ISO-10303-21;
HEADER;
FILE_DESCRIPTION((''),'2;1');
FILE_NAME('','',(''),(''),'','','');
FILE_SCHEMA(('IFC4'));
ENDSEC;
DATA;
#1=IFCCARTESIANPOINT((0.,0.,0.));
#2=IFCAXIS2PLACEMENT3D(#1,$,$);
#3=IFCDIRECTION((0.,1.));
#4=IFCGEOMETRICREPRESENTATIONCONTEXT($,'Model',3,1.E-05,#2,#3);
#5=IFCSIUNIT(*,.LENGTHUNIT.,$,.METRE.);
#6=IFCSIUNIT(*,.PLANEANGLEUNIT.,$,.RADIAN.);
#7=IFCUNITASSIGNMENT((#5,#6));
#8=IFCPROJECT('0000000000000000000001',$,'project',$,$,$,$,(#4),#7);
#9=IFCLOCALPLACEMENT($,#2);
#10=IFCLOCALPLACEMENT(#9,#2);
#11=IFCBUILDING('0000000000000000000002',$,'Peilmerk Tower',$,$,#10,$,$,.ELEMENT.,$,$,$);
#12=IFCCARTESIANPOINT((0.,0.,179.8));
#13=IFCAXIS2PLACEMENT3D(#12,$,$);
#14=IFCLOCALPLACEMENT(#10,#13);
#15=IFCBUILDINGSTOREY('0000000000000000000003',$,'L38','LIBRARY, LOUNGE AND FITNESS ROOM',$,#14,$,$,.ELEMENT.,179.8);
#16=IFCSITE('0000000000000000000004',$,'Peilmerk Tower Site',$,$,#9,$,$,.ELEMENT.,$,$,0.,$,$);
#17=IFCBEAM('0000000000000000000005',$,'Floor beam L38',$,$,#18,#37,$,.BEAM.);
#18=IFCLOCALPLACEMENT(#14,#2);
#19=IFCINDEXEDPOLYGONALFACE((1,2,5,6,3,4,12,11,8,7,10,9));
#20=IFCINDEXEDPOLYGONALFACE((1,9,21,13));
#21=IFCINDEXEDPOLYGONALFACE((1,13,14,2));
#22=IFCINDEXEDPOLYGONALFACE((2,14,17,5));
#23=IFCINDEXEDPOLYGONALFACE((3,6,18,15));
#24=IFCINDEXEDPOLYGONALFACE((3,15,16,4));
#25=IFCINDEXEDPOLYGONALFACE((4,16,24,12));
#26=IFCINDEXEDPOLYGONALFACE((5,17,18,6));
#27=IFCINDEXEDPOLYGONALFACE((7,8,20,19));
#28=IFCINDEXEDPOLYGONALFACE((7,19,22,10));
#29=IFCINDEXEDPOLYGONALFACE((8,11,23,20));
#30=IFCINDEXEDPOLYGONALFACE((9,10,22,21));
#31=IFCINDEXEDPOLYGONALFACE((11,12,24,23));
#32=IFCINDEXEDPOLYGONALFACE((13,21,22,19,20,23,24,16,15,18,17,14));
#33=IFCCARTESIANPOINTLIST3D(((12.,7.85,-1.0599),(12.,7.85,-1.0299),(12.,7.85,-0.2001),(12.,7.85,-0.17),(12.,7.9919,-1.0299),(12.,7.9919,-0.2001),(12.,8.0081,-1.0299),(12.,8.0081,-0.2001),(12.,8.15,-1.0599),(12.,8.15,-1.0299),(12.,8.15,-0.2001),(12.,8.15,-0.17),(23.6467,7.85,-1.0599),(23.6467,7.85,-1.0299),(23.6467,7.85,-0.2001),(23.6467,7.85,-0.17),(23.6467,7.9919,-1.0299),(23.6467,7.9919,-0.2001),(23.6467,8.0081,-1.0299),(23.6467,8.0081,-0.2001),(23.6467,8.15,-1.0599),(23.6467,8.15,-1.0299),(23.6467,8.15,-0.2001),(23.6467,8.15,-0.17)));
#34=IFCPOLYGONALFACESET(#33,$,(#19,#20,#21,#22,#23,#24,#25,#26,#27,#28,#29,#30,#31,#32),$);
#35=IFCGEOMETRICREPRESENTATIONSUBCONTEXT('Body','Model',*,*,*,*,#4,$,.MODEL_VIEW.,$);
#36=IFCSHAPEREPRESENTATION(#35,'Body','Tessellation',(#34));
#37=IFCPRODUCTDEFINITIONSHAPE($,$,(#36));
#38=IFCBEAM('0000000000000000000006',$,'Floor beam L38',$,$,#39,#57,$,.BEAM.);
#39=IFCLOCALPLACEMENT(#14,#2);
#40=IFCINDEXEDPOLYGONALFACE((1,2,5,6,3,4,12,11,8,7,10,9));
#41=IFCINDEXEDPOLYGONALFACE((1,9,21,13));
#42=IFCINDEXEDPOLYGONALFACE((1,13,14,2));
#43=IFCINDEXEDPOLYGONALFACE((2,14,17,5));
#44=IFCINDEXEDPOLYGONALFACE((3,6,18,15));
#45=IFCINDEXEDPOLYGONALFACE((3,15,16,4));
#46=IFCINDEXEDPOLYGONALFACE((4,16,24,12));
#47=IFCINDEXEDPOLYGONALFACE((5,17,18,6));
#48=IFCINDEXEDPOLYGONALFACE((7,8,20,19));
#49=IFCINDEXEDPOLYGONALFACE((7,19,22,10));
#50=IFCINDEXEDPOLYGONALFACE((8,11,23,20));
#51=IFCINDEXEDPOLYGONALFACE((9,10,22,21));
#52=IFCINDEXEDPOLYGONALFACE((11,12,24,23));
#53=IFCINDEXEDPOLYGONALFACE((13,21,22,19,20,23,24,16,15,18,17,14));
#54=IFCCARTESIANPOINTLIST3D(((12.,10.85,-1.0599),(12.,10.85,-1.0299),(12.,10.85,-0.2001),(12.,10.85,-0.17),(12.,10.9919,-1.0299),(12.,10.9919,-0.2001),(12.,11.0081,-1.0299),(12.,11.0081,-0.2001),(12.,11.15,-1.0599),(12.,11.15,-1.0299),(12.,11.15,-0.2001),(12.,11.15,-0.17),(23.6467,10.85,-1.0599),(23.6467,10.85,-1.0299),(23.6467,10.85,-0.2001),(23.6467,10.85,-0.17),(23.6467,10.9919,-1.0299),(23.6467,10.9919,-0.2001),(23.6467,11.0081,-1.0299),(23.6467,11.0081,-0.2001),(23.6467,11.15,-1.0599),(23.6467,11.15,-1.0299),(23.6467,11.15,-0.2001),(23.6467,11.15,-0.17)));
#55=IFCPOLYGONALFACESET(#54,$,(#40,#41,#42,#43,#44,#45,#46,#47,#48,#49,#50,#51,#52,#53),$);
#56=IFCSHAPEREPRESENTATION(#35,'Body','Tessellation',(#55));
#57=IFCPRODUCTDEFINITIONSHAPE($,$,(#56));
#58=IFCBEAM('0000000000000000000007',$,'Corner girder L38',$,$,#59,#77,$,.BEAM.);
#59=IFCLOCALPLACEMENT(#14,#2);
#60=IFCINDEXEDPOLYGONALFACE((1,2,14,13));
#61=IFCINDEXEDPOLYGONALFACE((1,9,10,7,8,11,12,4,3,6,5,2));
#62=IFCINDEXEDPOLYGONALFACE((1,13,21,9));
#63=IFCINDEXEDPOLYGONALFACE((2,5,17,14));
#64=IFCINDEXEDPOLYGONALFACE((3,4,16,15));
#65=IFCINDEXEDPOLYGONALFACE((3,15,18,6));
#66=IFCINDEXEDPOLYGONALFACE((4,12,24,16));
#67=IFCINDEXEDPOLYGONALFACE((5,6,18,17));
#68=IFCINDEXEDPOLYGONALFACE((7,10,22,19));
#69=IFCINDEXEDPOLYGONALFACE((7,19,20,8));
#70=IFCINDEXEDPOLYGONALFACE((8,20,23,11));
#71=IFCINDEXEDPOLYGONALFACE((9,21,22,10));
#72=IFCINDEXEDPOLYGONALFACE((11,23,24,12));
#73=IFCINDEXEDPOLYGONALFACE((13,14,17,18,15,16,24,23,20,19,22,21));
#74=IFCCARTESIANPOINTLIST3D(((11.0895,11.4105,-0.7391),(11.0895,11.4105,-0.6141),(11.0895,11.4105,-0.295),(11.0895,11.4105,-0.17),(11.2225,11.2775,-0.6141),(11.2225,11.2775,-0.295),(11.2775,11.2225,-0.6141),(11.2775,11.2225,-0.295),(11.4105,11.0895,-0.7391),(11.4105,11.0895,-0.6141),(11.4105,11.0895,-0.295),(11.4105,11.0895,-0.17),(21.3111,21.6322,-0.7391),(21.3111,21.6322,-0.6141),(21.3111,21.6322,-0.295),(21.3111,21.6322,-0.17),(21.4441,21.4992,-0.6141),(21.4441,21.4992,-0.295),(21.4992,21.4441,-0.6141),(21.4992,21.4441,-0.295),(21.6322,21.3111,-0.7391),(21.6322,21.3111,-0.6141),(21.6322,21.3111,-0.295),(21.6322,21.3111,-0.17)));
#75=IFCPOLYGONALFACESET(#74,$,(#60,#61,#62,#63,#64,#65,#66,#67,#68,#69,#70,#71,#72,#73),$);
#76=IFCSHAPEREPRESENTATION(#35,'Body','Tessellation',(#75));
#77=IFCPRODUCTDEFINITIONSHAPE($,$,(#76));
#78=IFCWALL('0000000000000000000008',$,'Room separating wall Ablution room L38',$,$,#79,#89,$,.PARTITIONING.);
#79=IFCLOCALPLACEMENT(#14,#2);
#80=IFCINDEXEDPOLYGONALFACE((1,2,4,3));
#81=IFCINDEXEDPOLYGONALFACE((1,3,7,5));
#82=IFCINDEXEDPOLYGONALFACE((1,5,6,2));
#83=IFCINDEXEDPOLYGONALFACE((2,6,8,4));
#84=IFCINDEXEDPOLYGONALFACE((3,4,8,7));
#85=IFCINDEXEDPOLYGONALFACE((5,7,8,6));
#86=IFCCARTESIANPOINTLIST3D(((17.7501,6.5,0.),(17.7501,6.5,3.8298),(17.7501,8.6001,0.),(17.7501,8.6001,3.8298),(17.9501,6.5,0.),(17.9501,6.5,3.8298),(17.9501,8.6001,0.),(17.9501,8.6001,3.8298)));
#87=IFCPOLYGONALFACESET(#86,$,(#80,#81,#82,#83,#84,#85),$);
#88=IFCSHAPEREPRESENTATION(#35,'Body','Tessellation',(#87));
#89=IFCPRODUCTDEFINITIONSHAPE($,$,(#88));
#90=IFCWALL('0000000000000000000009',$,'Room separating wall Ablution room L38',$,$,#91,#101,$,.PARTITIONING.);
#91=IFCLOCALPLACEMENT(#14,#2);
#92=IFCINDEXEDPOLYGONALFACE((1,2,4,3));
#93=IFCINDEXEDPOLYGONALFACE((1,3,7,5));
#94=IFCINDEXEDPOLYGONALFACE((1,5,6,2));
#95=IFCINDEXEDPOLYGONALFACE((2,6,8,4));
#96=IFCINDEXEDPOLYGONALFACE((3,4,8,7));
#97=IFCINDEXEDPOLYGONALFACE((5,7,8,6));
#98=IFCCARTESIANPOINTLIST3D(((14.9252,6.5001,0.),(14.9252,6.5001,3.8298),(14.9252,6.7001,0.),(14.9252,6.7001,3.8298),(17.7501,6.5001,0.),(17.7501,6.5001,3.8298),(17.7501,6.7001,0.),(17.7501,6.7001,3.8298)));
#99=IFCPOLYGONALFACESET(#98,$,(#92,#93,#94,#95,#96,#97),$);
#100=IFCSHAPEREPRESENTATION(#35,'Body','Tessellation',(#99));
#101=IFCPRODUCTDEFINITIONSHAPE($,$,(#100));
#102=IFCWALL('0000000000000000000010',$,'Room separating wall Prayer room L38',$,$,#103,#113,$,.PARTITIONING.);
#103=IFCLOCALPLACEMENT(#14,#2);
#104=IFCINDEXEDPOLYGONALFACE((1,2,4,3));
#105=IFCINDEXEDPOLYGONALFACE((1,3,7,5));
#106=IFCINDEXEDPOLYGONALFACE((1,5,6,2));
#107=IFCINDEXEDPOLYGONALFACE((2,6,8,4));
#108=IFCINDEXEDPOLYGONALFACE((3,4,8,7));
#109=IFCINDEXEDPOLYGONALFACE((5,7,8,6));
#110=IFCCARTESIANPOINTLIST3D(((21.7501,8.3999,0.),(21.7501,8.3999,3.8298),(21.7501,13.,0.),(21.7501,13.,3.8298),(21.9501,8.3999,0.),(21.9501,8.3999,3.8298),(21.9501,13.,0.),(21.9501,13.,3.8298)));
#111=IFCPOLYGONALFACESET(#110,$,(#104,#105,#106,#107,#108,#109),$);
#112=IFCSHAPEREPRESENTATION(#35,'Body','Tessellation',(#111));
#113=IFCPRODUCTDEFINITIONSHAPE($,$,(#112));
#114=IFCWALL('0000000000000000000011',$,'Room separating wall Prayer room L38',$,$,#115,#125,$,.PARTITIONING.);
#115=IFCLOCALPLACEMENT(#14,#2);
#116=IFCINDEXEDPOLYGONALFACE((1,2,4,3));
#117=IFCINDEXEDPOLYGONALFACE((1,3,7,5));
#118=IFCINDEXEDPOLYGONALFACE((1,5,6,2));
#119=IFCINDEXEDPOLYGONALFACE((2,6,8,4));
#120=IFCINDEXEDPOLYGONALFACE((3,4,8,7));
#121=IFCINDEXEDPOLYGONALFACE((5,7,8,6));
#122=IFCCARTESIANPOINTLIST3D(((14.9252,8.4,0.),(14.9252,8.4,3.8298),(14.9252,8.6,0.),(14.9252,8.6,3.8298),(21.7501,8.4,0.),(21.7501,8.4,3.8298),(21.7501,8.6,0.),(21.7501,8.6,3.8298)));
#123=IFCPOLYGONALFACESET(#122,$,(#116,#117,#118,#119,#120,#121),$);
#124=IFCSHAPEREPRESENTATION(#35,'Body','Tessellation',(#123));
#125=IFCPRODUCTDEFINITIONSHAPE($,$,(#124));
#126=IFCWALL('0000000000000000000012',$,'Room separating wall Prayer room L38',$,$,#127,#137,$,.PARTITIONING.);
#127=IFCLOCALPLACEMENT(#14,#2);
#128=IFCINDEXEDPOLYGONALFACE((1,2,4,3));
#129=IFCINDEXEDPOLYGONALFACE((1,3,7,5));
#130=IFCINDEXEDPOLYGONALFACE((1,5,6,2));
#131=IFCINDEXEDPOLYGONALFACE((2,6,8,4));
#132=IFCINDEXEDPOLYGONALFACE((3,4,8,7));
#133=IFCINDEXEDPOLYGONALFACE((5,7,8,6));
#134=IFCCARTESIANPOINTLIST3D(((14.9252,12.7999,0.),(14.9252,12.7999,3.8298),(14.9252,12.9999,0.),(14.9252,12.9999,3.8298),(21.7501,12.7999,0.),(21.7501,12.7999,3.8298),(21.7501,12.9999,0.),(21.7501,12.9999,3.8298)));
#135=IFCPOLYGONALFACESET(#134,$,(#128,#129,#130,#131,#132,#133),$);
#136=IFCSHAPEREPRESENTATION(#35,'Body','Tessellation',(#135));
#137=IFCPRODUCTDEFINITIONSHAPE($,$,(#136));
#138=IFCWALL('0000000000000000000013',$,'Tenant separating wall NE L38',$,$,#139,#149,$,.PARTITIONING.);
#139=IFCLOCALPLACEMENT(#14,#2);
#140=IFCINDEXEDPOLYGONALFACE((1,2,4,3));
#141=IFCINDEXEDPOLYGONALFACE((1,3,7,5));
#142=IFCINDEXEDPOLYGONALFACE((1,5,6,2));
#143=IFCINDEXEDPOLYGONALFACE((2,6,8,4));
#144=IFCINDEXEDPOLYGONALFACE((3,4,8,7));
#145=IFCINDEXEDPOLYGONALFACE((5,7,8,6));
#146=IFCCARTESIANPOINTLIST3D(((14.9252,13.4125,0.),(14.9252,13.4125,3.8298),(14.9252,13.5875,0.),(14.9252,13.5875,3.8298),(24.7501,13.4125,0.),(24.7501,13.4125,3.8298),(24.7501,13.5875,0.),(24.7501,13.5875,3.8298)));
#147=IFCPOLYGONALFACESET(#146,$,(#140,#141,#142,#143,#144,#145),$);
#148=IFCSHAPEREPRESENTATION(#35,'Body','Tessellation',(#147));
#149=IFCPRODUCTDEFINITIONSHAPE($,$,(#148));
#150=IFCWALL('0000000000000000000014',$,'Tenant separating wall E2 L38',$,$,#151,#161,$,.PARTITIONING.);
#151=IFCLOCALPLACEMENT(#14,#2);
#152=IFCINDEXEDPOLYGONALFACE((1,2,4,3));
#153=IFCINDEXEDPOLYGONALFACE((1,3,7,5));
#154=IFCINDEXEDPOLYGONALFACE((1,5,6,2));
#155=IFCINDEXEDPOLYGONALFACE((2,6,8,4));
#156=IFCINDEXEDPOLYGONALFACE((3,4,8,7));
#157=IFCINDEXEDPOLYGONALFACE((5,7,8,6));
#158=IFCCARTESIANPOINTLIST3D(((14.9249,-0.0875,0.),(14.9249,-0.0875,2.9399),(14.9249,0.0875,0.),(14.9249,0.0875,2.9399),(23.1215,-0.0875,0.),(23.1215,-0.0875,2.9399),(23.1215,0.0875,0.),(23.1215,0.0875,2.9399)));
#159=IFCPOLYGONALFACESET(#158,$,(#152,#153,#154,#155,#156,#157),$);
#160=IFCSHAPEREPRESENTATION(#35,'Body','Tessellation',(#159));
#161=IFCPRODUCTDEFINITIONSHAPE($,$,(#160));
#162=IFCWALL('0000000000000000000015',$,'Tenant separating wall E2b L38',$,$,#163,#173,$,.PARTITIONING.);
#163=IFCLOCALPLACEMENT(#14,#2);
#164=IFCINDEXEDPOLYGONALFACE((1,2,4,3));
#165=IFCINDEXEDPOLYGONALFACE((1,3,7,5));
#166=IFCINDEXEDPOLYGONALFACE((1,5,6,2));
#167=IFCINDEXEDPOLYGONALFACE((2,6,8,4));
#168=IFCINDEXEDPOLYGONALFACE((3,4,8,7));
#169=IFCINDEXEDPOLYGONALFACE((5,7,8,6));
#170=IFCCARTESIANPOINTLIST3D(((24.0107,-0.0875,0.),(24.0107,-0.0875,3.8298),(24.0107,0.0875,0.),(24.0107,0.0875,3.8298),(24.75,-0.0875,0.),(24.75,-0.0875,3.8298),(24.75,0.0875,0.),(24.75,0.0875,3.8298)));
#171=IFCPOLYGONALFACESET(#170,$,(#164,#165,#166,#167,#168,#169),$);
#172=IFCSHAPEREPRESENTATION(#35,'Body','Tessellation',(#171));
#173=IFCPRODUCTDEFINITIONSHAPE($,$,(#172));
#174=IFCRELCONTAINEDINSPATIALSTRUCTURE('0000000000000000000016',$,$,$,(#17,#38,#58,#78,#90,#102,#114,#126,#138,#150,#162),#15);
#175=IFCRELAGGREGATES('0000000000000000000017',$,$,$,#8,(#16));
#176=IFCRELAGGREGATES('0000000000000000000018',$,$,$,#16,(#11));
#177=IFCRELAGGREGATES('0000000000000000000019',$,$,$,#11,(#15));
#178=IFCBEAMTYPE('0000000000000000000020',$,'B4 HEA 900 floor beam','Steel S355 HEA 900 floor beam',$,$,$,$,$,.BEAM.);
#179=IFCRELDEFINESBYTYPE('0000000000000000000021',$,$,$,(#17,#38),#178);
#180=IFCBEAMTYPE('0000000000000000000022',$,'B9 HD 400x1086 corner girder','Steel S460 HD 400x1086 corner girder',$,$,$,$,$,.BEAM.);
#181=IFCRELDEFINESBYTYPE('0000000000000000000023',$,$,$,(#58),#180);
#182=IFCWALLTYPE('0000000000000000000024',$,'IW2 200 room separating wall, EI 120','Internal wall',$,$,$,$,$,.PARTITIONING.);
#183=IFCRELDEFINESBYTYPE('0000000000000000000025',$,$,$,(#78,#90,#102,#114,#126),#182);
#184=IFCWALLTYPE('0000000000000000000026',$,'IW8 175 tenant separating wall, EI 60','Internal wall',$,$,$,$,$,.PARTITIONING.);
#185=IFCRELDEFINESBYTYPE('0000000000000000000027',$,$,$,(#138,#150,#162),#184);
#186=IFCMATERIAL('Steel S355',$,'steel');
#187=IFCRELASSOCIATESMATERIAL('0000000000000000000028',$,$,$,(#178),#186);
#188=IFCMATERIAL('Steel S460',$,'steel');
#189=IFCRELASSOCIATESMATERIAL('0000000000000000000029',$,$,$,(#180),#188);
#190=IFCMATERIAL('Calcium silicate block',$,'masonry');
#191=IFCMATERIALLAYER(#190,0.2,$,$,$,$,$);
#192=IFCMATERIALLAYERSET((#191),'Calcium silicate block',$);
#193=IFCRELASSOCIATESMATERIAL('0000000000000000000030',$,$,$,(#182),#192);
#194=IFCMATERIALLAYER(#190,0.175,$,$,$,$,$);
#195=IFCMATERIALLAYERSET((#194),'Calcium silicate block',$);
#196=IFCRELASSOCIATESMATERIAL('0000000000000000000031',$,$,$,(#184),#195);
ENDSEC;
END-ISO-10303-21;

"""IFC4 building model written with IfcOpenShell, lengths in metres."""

from ifc_helpers import new_model, si_unit, direction, frame, frame_2d, origin, origin_2d, place, context, subcontext, project, spatial, rectangle, i_section, extrude, material, layer, layer_set, material_profile, profile_set, type_object, element, save


model = new_model("IFC4")

# Units and contexts
model_context = context("Model", 3, precision=1e-05, world=origin(), true_north=direction((0.0, 1.0)))
body_context = subcontext(model_context, "Body", "Model", "MODEL_VIEW")
ifc_project = project(units=[si_unit("LENGTHUNIT", "METRE"), si_unit("PLANEANGLEUNIT", "RADIAN")], contexts=[model_context])

# Site, building, storey
site_placement = place(None, origin())
site = spatial("IfcSite", under=ifc_project, at=site_placement, Name="Peilmerk Tower Site", CompositionType="ELEMENT", RefElevation=0.0)
building_placement = place(site_placement, origin())
building = spatial("IfcBuilding", under=site, at=building_placement, Name="Peilmerk Tower", CompositionType="ELEMENT")
storey_placement = place(building_placement, frame((0.0, 0.0, 179.8)))
storey = spatial("IfcBuildingStorey", under=building, at=storey_placement, Name="L38", Description="LIBRARY, LOUNGE AND FITNESS ROOM", CompositionType="ELEMENT", Elevation=179.8)

# Shared definitions
ifc_material_1 = material(Name="Steel S460", Category="steel")

# Beams
ifc_material_2 = material(Name="Steel S355", Category="steel")
ifc_material_profile_1 = material_profile(ifc_material_2, i_section(OverallWidth=0.3, OverallDepth=0.8899, WebThickness=0.0161, FlangeThickness=0.03, at=origin_2d()), Name="HEA 900")
ifc_profile_set_1 = profile_set([ifc_material_profile_1], Name="Steel S355")
beam_type_1 = type_object("IfcBeamType", Name="B4 HEA 900 floor beam", Description="Steel S355 HEA 900 floor beam", PredefinedType="BEAM", material=ifc_profile_set_1)
for number, where, z_axis, x_axis, name in (
    (1, (12.0, 8.0, -0.615), (1.0, 0.0, 0.0), (0.0, 1.0, 0.0), "Floor beam L38"),
    (2, (12.0, 11.0, -0.615), (1.0, 0.0, 0.0), (0.0, 1.0, 0.0), "Floor beam L38"),
):
    element("IfcBeam", number, at=place(storey_placement, frame(where, z_axis=z_axis, x_axis=x_axis)), inside=storey, type_object=beam_type_1, Name=name, PredefinedType="BEAM", context=body_context, shape_type="SweptSolid", body=[
        extrude(i_section(OverallWidth=0.3, OverallDepth=0.8899, WebThickness=0.0161, FlangeThickness=0.03, at=origin_2d()), origin(), (0.0, 0.0, 1.0), 11.6467),
    ])
ifc_material_profile_2 = material_profile(ifc_material_1, i_section(OverallWidth=0.4541, OverallDepth=0.5691, WebThickness=0.0779, FlangeThickness=0.125, at=origin_2d()), Name="HD 400x1086")
ifc_profile_set_2 = profile_set([ifc_material_profile_2], Name="Steel S460")
beam_type_2 = type_object("IfcBeamType", Name="B9 HD 400x1086 corner girder", Description="Steel S460 HD 400x1086 corner girder", PredefinedType="BEAM", material=ifc_profile_set_2)
beam_placement = place(storey_placement, frame((11.25, 11.25, -0.4546), z_axis=(0.707107, 0.707107, 0.0), x_axis=(-0.707107, 0.707107, 0.0)))
element("IfcBeam", 3, at=beam_placement, inside=storey, type_object=beam_type_2, Name="Corner girder L38", PredefinedType="BEAM", context=body_context, shape_type="SweptSolid", body=[
    extrude(i_section(OverallWidth=0.4541, OverallDepth=0.5691, WebThickness=0.0779, FlangeThickness=0.125, at=origin_2d()), origin(), (0.0, 0.0, 1.0), 14.4556),
])

# Walls
ifc_material_3 = material(Name="Calcium silicate block", Category="masonry")
ifc_layer_1 = layer(ifc_material_3, 0.2)
ifc_layer_set_1 = layer_set([ifc_layer_1], Name="Calcium silicate block")
wall_type_1 = type_object("IfcWallType", Name="IW2 200 room separating wall, EI 120", Description="Internal wall", PredefinedType="PARTITIONING", material=ifc_layer_set_1)
wall_1_placement = place(storey_placement, frame((17.8501, 6.5, 0.0), z_axis=(0.0, 0.0, 1.0), x_axis=(0.0, 1.0, 0.0)))
element("IfcWall", 4, at=wall_1_placement, inside=storey, type_object=wall_type_1, Name="Room separating wall Ablution room L38", PredefinedType="PARTITIONING", context=body_context, shape_type="SweptSolid", body=[
    extrude(rectangle(XDim=2.1001, YDim=0.2, at=frame_2d((1.05, 0.0))), origin(), (0.0, 0.0, 1.0), 3.8298),
])
wall_2_placement = place(storey_placement, frame((14.925, 6.6001, 0.0), z_axis=(0.0, 0.0, 1.0), x_axis=(1.0, 0.0, 0.0)))
element("IfcWall", 5, at=wall_2_placement, inside=storey, type_object=wall_type_1, Name="Room separating wall Ablution room L38", PredefinedType="PARTITIONING", context=body_context, shape_type="SweptSolid", body=[
    extrude(rectangle(XDim=2.825, YDim=0.2, at=frame_2d((1.4126, 0.0))), origin(), (0.0, 0.0, 1.0), 3.8298),
])
wall_3_placement = place(storey_placement, frame((21.8501, 8.3999, 0.0), z_axis=(0.0, 0.0, 1.0), x_axis=(0.0, 1.0, 0.0)))
element("IfcWall", 6, at=wall_3_placement, inside=storey, type_object=wall_type_1, Name="Room separating wall Prayer room L38", PredefinedType="PARTITIONING", context=body_context, shape_type="SweptSolid", body=[
    extrude(rectangle(XDim=4.6001, YDim=0.2, at=frame_2d((2.3, 0.0))), origin(), (0.0, 0.0, 1.0), 3.8298),
])
for number, where, z_axis, x_axis, name in (
    (7, (14.925, 8.5, 0.0), (0.0, 0.0, 1.0), (1.0, 0.0, 0.0), "Room separating wall Prayer room L38"),
    (8, (14.925, 12.8999, 0.0), (0.0, 0.0, 1.0), (1.0, 0.0, 0.0), "Room separating wall Prayer room L38"),
):
    element("IfcWall", number, at=place(storey_placement, frame(where, z_axis=z_axis, x_axis=x_axis)), inside=storey, type_object=wall_type_1, Name=name, PredefinedType="PARTITIONING", context=body_context, shape_type="SweptSolid", body=[
        extrude(rectangle(XDim=6.825, YDim=0.2, at=frame_2d((3.4126, 0.0))), origin(), (0.0, 0.0, 1.0), 3.8298),
    ])
ifc_layer_2 = layer(ifc_material_3, 0.175)
ifc_layer_set_2 = layer_set([ifc_layer_2], Name="Calcium silicate block")
wall_type_2 = type_object("IfcWallType", Name="IW8 175 tenant separating wall, EI 60", Description="Internal wall", PredefinedType="PARTITIONING", material=ifc_layer_set_2)
wall_4_placement = place(storey_placement, frame((14.925, 13.5, 0.0), z_axis=(0.0, 0.0, 1.0), x_axis=(1.0, 0.0, 0.0)))
element("IfcWall", 9, at=wall_4_placement, inside=storey, type_object=wall_type_2, Name="Tenant separating wall NE L38", PredefinedType="PARTITIONING", context=body_context, shape_type="SweptSolid", body=[
    extrude(rectangle(XDim=9.825, YDim=0.175, at=frame_2d((4.9126, 0.0))), origin(), (0.0, 0.0, 1.0), 3.8298),
])
wall_5_placement = place(storey_placement, frame((14.925, 0.0, 0.0), z_axis=(0.0, 0.0, 1.0), x_axis=(1.0, 0.0, 0.0)))
element("IfcWall", 10, at=wall_5_placement, inside=storey, type_object=wall_type_2, Name="Tenant separating wall E2 L38", PredefinedType="PARTITIONING", context=body_context, shape_type="SweptSolid", body=[
    extrude(rectangle(XDim=8.1965, YDim=0.175, at=frame_2d((4.0981, 0.0))), origin(), (0.0, 0.0, 1.0), 2.9399),
])
wall_6_placement = place(storey_placement, frame((24.0107, 0.0, 0.0), z_axis=(0.0, 0.0, 1.0), x_axis=(1.0, 0.0, 0.0)))
element("IfcWall", 11, at=wall_6_placement, inside=storey, type_object=wall_type_2, Name="Tenant separating wall E2b L38", PredefinedType="PARTITIONING", context=body_context, shape_type="SweptSolid", body=[
    extrude(rectangle(XDim=0.7393, YDim=0.175, at=frame_2d((0.3696, 0.0))), origin(), (0.0, 0.0, 1.0), 3.8298),
])

save(model, "model.ifc")
